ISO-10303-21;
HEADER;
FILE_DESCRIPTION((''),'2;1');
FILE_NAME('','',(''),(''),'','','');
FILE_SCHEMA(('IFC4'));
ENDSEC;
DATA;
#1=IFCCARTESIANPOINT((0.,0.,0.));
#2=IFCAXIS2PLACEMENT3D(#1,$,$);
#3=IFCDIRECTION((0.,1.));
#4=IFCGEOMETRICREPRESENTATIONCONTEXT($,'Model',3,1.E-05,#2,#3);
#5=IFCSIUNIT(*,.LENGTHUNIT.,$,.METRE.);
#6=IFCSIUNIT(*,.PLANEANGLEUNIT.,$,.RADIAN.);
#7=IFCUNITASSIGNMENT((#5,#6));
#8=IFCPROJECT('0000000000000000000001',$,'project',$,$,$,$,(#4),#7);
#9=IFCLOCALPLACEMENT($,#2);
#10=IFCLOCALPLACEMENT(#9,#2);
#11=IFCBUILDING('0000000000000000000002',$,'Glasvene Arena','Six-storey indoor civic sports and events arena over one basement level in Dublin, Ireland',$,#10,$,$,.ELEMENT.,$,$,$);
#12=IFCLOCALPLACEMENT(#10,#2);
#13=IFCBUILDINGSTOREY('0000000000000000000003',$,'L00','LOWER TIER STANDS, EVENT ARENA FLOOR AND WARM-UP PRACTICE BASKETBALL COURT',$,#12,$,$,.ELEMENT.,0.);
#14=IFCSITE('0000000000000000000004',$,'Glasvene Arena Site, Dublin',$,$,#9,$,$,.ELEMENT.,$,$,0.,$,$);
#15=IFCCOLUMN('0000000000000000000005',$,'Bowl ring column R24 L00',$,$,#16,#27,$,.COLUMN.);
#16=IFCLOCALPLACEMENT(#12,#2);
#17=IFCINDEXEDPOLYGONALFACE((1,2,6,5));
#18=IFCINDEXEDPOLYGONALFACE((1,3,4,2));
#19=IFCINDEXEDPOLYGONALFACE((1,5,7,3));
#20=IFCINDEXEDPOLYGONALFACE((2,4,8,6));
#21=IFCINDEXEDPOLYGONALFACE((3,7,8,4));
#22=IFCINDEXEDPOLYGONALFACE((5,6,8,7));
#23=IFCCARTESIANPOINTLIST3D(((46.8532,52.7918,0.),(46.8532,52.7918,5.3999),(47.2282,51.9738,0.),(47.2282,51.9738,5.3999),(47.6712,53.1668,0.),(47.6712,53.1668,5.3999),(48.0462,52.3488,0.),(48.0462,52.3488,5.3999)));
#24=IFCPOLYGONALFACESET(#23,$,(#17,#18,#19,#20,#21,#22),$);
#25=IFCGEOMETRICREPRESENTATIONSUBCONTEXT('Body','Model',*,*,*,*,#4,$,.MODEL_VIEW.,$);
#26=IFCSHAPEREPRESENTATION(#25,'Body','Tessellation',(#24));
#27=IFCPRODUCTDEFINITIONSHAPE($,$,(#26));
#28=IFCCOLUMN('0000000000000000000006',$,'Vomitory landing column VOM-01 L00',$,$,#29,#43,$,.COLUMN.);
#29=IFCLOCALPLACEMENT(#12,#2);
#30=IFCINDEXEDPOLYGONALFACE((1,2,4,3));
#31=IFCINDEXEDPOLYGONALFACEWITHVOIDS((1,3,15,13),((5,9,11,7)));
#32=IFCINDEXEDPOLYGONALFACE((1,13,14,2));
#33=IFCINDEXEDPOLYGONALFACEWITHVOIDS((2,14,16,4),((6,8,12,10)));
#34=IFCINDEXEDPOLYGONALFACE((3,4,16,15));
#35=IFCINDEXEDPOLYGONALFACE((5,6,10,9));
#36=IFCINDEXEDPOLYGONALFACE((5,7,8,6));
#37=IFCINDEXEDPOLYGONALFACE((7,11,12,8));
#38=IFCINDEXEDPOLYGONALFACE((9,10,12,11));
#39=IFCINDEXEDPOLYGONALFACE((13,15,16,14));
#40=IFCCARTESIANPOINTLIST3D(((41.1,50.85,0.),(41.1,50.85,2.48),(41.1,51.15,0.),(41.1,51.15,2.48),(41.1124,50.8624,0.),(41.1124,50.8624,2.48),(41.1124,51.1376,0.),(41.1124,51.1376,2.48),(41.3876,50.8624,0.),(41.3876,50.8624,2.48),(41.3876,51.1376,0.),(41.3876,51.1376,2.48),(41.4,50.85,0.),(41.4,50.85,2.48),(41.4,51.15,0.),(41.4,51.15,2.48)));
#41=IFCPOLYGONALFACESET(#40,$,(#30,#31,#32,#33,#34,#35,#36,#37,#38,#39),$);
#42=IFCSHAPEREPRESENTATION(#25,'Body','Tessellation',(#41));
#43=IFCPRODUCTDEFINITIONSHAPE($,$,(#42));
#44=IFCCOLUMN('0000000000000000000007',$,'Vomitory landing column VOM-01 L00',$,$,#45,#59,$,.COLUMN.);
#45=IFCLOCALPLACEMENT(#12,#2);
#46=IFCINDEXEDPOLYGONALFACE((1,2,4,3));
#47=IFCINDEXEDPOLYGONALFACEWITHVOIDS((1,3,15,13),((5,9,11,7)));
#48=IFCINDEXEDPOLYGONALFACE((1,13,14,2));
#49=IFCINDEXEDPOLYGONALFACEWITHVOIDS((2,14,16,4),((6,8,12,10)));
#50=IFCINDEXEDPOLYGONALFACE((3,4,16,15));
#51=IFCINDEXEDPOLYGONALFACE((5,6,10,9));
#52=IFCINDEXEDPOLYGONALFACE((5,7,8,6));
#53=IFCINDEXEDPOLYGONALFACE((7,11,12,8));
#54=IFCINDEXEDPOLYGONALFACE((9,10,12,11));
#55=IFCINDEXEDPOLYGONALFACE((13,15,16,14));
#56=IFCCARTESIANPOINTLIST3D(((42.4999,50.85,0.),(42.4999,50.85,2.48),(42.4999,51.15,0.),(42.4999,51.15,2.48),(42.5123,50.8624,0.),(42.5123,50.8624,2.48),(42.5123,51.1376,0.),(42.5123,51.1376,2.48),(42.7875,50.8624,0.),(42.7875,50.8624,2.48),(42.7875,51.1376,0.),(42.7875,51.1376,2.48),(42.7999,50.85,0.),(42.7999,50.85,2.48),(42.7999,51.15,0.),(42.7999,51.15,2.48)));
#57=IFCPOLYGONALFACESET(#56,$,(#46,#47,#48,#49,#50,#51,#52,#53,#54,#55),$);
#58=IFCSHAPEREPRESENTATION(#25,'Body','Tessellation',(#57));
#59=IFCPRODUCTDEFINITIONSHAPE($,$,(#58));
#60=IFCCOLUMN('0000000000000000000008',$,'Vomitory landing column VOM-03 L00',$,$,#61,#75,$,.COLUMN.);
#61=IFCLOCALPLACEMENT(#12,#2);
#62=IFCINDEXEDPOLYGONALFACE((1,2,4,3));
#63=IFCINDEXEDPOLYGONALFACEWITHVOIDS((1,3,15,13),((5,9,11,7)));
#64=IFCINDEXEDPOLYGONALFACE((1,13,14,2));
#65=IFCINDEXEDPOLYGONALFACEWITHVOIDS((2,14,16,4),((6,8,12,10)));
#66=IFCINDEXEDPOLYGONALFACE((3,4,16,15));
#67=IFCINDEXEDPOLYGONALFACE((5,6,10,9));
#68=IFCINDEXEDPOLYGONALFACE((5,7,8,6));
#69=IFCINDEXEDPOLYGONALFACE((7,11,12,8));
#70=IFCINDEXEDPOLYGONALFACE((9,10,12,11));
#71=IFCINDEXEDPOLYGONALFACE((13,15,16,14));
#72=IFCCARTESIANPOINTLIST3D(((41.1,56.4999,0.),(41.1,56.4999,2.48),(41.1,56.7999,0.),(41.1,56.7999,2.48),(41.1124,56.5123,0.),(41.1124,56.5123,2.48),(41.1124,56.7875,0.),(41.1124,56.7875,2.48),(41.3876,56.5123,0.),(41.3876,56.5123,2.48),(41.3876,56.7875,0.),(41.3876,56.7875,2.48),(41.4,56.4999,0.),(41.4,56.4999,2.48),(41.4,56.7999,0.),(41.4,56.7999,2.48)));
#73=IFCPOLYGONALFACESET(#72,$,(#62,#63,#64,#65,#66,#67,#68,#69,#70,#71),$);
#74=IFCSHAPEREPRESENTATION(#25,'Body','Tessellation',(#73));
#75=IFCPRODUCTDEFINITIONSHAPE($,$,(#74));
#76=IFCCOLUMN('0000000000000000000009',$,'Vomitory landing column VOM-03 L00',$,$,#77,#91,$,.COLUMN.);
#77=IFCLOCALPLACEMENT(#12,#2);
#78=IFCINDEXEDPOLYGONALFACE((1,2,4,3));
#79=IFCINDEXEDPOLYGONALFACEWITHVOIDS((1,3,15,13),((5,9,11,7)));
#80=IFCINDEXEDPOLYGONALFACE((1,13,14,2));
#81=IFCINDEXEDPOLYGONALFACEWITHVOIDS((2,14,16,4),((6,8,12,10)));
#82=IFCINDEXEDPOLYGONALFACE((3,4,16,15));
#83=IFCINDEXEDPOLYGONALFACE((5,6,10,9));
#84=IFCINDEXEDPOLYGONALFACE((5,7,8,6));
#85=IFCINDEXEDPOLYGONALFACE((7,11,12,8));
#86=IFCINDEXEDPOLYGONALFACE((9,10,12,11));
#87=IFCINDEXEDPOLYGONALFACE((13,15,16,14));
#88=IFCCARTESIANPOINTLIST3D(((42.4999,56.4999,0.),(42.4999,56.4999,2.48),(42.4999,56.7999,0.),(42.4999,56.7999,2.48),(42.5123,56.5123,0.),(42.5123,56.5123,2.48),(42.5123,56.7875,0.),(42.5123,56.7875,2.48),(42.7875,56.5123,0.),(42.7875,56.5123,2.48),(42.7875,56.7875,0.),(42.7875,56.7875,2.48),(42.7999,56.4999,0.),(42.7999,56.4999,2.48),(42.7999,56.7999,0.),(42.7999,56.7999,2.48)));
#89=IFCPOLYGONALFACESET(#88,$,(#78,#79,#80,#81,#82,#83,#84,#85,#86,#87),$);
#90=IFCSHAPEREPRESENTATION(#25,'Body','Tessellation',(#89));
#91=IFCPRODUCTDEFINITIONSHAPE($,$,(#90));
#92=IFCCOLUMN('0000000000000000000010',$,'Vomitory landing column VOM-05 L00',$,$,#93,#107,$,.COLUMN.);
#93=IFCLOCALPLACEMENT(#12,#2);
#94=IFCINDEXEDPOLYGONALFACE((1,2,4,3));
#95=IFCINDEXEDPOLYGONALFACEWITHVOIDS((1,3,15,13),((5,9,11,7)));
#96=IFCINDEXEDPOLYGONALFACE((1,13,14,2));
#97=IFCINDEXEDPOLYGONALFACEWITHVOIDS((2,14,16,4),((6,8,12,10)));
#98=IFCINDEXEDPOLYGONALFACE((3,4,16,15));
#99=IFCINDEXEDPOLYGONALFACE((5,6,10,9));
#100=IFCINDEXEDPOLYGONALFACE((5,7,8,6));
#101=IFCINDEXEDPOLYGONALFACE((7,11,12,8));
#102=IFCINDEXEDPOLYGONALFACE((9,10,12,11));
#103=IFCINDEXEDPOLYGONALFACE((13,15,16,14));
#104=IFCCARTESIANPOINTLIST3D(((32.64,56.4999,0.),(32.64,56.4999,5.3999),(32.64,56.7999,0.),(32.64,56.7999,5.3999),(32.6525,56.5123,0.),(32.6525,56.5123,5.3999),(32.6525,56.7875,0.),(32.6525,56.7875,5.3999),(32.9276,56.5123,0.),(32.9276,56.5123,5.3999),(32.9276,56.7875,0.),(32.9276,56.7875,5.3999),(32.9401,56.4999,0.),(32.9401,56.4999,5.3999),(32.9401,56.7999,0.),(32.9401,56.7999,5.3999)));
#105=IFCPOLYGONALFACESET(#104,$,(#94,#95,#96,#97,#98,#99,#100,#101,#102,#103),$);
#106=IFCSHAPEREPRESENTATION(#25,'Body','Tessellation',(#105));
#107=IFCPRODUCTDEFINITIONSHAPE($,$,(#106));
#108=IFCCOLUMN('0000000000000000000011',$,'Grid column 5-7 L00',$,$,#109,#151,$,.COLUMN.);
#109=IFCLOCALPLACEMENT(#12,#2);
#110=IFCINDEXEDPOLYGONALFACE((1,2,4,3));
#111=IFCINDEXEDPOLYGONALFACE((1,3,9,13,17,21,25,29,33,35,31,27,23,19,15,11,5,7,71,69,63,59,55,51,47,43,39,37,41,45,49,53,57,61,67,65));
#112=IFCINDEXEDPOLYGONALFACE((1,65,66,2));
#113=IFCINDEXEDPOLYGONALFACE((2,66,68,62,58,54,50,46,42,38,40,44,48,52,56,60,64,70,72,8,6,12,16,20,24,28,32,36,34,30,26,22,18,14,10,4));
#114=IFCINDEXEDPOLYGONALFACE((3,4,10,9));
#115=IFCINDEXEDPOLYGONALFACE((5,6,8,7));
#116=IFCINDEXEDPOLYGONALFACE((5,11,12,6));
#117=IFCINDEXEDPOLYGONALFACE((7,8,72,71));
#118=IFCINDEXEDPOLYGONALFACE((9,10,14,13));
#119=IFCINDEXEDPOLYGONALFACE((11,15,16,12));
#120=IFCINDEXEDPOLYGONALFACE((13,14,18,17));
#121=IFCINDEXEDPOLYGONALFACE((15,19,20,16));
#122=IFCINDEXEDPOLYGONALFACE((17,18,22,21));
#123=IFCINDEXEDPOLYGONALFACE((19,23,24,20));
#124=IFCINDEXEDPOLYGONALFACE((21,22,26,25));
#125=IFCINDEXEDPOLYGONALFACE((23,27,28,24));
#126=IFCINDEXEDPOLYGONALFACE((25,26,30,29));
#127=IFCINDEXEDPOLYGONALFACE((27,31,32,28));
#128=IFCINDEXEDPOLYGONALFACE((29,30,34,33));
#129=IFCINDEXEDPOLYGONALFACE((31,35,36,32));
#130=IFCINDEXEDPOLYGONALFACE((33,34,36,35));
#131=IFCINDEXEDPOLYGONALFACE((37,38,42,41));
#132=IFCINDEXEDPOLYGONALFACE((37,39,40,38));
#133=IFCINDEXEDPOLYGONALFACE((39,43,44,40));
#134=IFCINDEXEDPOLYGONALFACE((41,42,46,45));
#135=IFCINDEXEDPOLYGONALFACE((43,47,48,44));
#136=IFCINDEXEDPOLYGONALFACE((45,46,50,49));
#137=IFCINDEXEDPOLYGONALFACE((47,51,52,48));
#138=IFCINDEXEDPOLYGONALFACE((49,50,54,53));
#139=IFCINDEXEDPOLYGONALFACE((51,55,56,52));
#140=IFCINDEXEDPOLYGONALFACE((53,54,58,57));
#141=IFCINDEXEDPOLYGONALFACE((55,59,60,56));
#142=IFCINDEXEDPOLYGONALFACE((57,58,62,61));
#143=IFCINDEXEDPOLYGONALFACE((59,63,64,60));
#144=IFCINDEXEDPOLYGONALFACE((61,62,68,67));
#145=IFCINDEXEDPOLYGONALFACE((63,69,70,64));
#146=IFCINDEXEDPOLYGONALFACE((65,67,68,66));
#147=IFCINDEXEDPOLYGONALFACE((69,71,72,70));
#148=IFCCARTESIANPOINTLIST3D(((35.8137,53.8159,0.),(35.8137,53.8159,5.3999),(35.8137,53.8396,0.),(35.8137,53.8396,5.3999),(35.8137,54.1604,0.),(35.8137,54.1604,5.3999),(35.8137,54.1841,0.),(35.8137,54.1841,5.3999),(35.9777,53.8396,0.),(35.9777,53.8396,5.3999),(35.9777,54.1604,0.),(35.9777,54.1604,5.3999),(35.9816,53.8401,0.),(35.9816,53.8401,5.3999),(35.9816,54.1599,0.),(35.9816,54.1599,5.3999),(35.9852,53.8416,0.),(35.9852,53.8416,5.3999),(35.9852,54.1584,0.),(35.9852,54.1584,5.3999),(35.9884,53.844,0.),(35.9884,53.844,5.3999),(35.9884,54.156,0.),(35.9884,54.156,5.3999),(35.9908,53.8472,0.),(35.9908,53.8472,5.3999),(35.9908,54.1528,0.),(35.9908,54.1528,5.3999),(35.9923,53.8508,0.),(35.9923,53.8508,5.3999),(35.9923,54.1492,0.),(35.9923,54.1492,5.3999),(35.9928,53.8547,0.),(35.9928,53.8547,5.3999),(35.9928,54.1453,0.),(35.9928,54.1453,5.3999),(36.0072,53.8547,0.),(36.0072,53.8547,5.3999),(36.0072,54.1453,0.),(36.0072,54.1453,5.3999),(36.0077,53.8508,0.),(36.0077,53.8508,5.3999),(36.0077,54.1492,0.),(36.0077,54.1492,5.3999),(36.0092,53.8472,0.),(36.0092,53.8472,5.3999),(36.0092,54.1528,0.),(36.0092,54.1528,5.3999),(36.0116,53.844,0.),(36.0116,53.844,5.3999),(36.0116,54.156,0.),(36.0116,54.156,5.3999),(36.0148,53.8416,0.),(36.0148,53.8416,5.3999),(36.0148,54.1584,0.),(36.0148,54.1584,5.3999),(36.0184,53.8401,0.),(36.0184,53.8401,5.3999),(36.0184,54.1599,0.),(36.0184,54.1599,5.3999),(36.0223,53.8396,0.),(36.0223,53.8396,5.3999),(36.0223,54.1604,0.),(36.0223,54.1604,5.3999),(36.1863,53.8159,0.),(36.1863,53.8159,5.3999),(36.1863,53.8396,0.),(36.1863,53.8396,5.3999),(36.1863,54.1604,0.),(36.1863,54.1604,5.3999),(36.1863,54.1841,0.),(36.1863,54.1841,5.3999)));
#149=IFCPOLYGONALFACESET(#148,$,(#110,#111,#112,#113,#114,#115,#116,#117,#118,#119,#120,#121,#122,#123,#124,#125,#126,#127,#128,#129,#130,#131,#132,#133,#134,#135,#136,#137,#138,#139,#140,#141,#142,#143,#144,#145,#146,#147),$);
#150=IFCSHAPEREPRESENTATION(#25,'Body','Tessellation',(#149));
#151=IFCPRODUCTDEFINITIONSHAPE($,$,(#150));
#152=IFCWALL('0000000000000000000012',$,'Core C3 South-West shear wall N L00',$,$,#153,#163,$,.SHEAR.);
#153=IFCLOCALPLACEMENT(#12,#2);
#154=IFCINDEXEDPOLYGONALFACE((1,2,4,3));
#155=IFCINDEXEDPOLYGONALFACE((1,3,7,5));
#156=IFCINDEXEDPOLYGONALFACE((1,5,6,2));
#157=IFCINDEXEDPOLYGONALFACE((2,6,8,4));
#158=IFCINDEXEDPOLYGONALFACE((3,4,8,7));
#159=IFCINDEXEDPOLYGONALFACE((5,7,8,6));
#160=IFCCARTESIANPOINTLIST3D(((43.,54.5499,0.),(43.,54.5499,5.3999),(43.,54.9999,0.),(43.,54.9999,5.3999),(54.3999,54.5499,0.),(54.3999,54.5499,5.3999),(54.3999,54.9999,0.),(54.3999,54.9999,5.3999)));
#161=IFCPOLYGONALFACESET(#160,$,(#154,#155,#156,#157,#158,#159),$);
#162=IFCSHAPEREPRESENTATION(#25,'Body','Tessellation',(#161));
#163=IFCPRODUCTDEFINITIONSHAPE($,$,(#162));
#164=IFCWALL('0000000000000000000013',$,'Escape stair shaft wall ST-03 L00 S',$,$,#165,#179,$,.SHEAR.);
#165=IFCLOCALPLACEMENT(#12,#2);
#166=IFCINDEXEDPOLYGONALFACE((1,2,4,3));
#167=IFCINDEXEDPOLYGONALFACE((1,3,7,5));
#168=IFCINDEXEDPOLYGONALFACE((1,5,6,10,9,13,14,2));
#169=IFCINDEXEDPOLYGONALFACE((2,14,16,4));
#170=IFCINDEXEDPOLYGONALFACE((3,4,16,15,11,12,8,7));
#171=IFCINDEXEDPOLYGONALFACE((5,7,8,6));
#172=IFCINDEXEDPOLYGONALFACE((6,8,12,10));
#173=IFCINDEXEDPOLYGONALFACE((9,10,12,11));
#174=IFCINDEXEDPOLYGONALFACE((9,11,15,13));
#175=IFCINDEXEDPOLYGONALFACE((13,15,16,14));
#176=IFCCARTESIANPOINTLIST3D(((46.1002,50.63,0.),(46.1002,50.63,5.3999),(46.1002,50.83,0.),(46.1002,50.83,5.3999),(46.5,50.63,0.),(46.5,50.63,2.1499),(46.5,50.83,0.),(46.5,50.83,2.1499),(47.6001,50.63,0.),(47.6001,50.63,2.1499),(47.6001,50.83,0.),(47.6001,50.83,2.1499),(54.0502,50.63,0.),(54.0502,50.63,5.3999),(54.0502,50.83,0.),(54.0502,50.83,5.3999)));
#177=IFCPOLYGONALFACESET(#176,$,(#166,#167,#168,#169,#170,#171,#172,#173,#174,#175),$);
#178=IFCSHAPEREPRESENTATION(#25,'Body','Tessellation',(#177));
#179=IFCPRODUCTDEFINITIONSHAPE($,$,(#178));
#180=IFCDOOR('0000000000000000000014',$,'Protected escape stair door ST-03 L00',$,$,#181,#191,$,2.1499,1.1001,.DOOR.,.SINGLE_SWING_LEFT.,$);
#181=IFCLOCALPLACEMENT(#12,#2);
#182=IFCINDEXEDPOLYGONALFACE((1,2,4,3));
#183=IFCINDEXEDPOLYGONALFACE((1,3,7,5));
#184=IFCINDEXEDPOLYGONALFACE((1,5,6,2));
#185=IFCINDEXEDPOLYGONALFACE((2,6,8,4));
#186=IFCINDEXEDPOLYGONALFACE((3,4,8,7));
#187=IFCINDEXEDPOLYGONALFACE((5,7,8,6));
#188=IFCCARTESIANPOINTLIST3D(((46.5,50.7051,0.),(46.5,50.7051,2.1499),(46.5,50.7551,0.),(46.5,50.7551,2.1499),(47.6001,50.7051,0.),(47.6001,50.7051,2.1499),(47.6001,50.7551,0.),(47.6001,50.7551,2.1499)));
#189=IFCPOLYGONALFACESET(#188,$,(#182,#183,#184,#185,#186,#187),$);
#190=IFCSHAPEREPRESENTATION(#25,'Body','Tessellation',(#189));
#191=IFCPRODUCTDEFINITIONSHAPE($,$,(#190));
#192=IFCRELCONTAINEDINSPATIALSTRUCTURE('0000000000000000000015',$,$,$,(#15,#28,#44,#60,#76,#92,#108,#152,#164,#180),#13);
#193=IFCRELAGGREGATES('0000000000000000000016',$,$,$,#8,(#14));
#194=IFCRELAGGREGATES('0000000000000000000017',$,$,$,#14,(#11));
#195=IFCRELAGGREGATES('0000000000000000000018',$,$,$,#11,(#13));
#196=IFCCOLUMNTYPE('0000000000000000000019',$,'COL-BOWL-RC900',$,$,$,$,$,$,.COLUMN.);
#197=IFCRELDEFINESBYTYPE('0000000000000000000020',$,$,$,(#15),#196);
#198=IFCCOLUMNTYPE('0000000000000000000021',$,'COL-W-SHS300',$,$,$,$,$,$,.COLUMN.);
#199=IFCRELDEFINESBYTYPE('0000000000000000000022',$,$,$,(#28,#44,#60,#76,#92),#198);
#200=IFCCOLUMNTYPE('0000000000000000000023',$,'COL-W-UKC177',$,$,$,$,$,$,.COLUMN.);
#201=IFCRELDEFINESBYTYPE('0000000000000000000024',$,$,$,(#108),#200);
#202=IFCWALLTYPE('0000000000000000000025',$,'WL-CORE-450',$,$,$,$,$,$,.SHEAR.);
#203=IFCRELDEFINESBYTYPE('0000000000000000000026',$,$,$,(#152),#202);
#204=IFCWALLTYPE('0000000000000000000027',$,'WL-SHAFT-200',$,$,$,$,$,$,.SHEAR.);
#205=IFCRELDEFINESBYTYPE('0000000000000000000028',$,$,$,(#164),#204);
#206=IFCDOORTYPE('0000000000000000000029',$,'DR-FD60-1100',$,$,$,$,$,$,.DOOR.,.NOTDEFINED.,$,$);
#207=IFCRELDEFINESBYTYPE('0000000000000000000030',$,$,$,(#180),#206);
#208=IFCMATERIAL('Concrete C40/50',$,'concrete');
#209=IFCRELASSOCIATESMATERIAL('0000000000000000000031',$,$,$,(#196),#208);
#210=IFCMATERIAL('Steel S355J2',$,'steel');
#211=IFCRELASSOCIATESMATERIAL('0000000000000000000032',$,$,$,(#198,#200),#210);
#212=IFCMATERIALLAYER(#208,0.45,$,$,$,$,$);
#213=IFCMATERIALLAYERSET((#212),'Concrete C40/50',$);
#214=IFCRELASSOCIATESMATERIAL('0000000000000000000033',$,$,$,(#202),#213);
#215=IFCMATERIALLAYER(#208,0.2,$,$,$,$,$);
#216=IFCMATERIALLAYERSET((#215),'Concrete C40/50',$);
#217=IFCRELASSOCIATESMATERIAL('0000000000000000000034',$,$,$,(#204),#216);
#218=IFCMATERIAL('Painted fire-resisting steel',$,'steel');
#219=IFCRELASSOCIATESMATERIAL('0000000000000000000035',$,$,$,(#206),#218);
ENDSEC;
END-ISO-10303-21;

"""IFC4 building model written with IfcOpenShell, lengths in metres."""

from ifc_helpers import new_model, si_unit, direction, frame, frame_2d, origin, origin_2d, place, context, subcontext, project, spatial, rectangle, hollow_rectangle, i_section, extrude, material, layer, layer_set, material_profile, profile_set, type_object, element, fill, save


model = new_model("IFC4")

# Units and contexts
model_context = context("Model", 3, precision=1e-05, world=origin(), true_north=direction((0.0, 1.0)))
body_context = subcontext(model_context, "Body", "Model", "MODEL_VIEW")
ifc_project = project(units=[si_unit("LENGTHUNIT", "METRE"), si_unit("PLANEANGLEUNIT", "RADIAN")], contexts=[model_context])

# Site, building, storey
site_placement = place(None, origin())
site = spatial("IfcSite", under=ifc_project, at=site_placement, Name="Glasvene Arena Site, Dublin", CompositionType="ELEMENT", RefElevation=0.0)
building_placement = place(site_placement, origin())
building = spatial("IfcBuilding", under=site, at=building_placement, Name="Glasvene Arena", Description="Six-storey indoor civic sports and events arena over one basement level in Dublin, Ireland", CompositionType="ELEMENT")
storey_placement = place(building_placement, origin())
storey = spatial("IfcBuildingStorey", under=building, at=storey_placement, Name="L00", Description="LOWER TIER STANDS, EVENT ARENA FLOOR AND WARM-UP PRACTICE BASKETBALL COURT", CompositionType="ELEMENT", Elevation=0.0)

# Columns
ifc_material_1 = material(Name="Concrete C40/50", Category="concrete")
ifc_material_profile_1 = material_profile(ifc_material_1, rectangle(XDim=0.8999, YDim=0.8999, at=origin_2d()), Name="RC 900x900")
ifc_profile_set_1 = profile_set([ifc_material_profile_1], Name="Concrete C40/50")
column_type_1 = type_object("IfcColumnType", Name="COL-BOWL-RC900", PredefinedType="COLUMN", material=ifc_profile_set_1)
column_1_placement = place(storey_placement, frame((47.4497, 52.5703, 0.0), z_axis=(0.0, 0.0, 1.0), x_axis=(-0.909018, -0.416757, 0.0)))
element("IfcColumn", 1, at=column_1_placement, inside=storey, type_object=column_type_1, Name="Bowl ring column R24 L00", PredefinedType="COLUMN", context=body_context, shape_type="SweptSolid", body=[
    extrude(rectangle(XDim=0.8999, YDim=0.8999, at=origin_2d()), origin(), (0.0, 0.0, 1.0), 5.3999),
])
ifc_material_2 = material(Name="Steel S355J2", Category="steel")
ifc_material_profile_2 = material_profile(ifc_material_2, hollow_rectangle(XDim=0.3, YDim=0.3, WallThickness=0.0125, at=origin_2d()), Name="SHS 300x300x12.5")
ifc_profile_set_2 = profile_set([ifc_material_profile_2], Name="Steel S355J2")
column_type_2 = type_object("IfcColumnType", Name="COL-W-SHS300", PredefinedType="COLUMN", material=ifc_profile_set_2)
for number, where, z_axis, x_axis, name in (
    (2, (41.25, 51.0, 0.0), (0.0, 0.0, 1.0), (1.0, 0.0, 0.0), "Vomitory landing column VOM-01 L00"),
    (3, (42.6499, 51.0, 0.0), (0.0, 0.0, 1.0), (1.0, 0.0, 0.0), "Vomitory landing column VOM-01 L00"),
    (4, (41.25, 56.6499, 0.0), (0.0, 0.0, 1.0), (1.0, 0.0, 0.0), "Vomitory landing column VOM-03 L00"),
    (5, (42.6499, 56.6499, 0.0), (0.0, 0.0, 1.0), (1.0, 0.0, 0.0), "Vomitory landing column VOM-03 L00"),
):
    element("IfcColumn", number, at=place(storey_placement, frame(where, z_axis=z_axis, x_axis=x_axis)), inside=storey, type_object=column_type_2, Name=name, PredefinedType="COLUMN", context=body_context, shape_type="SweptSolid", body=[
        extrude(hollow_rectangle(XDim=0.3, YDim=0.3, WallThickness=0.0125, at=origin_2d()), origin(), (0.0, 0.0, 1.0), 2.48),
    ])
column_2_placement = place(storey_placement, frame((32.79, 56.6499, 0.0), z_axis=(0.0, 0.0, 1.0), x_axis=(1.0, 0.0, 0.0)))
element("IfcColumn", 6, at=column_2_placement, inside=storey, type_object=column_type_2, Name="Vomitory landing column VOM-05 L00", PredefinedType="COLUMN", context=body_context, shape_type="SweptSolid", body=[
    extrude(hollow_rectangle(XDim=0.3, YDim=0.3, WallThickness=0.0125, at=origin_2d()), origin(), (0.0, 0.0, 1.0), 5.3999),
])
ifc_material_profile_3 = material_profile(ifc_material_2, i_section(OverallWidth=0.3726, OverallDepth=0.3682, WebThickness=0.0144, FlangeThickness=0.0237, FilletRadius=0.0151, at=origin_2d()), Name="UKC 356x368x177")
ifc_profile_set_3 = profile_set([ifc_material_profile_3], Name="Steel S355J2")
column_type_3 = type_object("IfcColumnType", Name="COL-W-UKC177", PredefinedType="COLUMN", material=ifc_profile_set_3)
column_3_placement = place(storey_placement, frame((36.0, 54.0, 0.0), z_axis=(0.0, 0.0, 1.0), x_axis=(1.0, 0.0, 0.0)))
element("IfcColumn", 7, at=column_3_placement, inside=storey, type_object=column_type_3, Name="Grid column 5-7 L00", PredefinedType="COLUMN", context=body_context, shape_type="SweptSolid", body=[
    extrude(i_section(OverallWidth=0.3726, OverallDepth=0.3682, WebThickness=0.0144, FlangeThickness=0.0237, FilletRadius=0.0151, at=origin_2d()), origin(), (0.0, 0.0, 1.0), 5.3999),
])

# Wall
ifc_layer_1 = layer(ifc_material_1, 0.45)
ifc_layer_set_1 = layer_set([ifc_layer_1], Name="Concrete C40/50")
wall_type_1 = type_object("IfcWallType", Name="WL-CORE-450", PredefinedType="SHEAR", material=ifc_layer_set_1)
wall_1_placement = place(storey_placement, frame((43.0, 54.7749, 0.0), z_axis=(0.0, 0.0, 1.0), x_axis=(1.0, 0.0, 0.0)))
element("IfcWall", 8, at=wall_1_placement, inside=storey, type_object=wall_type_1, Name="Core C3 South-West shear wall N L00", PredefinedType="SHEAR", context=body_context, shape_type="SweptSolid", body=[
    extrude(rectangle(XDim=11.3999, YDim=0.45, at=frame_2d((5.7, 0.0))), origin(), (0.0, 0.0, 1.0), 5.3999),
])

# Wall, opening, door
ifc_layer_2 = layer(ifc_material_1, 0.2)
ifc_layer_set_2 = layer_set([ifc_layer_2], Name="Concrete C40/50")
wall_type_2 = type_object("IfcWallType", Name="WL-SHAFT-200", PredefinedType="SHEAR", material=ifc_layer_set_2)
wall_2_placement = place(storey_placement, frame((46.1001, 50.73, 0.0), z_axis=(0.0, 0.0, 1.0), x_axis=(1.0, 0.0, 0.0)))
wall_2 = element("IfcWall", 9, at=wall_2_placement, inside=storey, type_object=wall_type_2, Name="Escape stair shaft wall ST-03 L00 S", PredefinedType="SHEAR", context=body_context, shape_type="SweptSolid", body=[
    extrude(rectangle(XDim=7.95, YDim=0.2, at=frame_2d((3.9751, 0.0))), origin(), (0.0, 0.0, 1.0), 5.3999),
])
opening_placement = place(wall_2_placement, frame((0.3999, 0.0, 0.0)))
opening = element("IfcOpeningElement", 10, at=opening_placement, cuts=wall_2, PredefinedType="OPENING", context=body_context, shape_type="SweptSolid", body=[
    extrude(rectangle(XDim=1.1001, YDim=2.1499, at=frame_2d((0.55, 1.075))), frame((0.0, 0.1099, 0.0), z_axis=(0.0, -1.0, 0.0), x_axis=(1.0, 0.0, 0.0)), (0.0, 0.0, 1.0), 0.22),
])
ifc_material_3 = material(Name="Painted fire-resisting steel", Category="steel")
door_type = type_object("IfcDoorType", Name="DR-FD60-1100", OperationType="NOTDEFINED", PredefinedType="DOOR", material=ifc_material_3)
door_placement = place(opening_placement, frame((1.1001, 0.0, 0.0), z_axis=(0.0, 0.0, 1.0), x_axis=(-1.0, 0.0, 0.0)))
door = element("IfcDoor", 11, at=door_placement, inside=storey, type_object=door_type, Name="Protected escape stair door ST-03 L00", OperationType="SINGLE_SWING_LEFT", OverallHeight=2.1499, OverallWidth=1.1001, PredefinedType="DOOR", context=body_context, shape_type="SweptSolid", body=[
    extrude(rectangle(XDim=1.1001, YDim=2.1499, at=frame_2d((0.55, 1.075))), frame((0.0, 0.0249, 0.0), z_axis=(0.0, -1.0, 0.0), x_axis=(1.0, 0.0, 0.0)), (0.0, 0.0, 1.0), 0.05),
])
fill(opening, door)

save(model, "model.ifc")
